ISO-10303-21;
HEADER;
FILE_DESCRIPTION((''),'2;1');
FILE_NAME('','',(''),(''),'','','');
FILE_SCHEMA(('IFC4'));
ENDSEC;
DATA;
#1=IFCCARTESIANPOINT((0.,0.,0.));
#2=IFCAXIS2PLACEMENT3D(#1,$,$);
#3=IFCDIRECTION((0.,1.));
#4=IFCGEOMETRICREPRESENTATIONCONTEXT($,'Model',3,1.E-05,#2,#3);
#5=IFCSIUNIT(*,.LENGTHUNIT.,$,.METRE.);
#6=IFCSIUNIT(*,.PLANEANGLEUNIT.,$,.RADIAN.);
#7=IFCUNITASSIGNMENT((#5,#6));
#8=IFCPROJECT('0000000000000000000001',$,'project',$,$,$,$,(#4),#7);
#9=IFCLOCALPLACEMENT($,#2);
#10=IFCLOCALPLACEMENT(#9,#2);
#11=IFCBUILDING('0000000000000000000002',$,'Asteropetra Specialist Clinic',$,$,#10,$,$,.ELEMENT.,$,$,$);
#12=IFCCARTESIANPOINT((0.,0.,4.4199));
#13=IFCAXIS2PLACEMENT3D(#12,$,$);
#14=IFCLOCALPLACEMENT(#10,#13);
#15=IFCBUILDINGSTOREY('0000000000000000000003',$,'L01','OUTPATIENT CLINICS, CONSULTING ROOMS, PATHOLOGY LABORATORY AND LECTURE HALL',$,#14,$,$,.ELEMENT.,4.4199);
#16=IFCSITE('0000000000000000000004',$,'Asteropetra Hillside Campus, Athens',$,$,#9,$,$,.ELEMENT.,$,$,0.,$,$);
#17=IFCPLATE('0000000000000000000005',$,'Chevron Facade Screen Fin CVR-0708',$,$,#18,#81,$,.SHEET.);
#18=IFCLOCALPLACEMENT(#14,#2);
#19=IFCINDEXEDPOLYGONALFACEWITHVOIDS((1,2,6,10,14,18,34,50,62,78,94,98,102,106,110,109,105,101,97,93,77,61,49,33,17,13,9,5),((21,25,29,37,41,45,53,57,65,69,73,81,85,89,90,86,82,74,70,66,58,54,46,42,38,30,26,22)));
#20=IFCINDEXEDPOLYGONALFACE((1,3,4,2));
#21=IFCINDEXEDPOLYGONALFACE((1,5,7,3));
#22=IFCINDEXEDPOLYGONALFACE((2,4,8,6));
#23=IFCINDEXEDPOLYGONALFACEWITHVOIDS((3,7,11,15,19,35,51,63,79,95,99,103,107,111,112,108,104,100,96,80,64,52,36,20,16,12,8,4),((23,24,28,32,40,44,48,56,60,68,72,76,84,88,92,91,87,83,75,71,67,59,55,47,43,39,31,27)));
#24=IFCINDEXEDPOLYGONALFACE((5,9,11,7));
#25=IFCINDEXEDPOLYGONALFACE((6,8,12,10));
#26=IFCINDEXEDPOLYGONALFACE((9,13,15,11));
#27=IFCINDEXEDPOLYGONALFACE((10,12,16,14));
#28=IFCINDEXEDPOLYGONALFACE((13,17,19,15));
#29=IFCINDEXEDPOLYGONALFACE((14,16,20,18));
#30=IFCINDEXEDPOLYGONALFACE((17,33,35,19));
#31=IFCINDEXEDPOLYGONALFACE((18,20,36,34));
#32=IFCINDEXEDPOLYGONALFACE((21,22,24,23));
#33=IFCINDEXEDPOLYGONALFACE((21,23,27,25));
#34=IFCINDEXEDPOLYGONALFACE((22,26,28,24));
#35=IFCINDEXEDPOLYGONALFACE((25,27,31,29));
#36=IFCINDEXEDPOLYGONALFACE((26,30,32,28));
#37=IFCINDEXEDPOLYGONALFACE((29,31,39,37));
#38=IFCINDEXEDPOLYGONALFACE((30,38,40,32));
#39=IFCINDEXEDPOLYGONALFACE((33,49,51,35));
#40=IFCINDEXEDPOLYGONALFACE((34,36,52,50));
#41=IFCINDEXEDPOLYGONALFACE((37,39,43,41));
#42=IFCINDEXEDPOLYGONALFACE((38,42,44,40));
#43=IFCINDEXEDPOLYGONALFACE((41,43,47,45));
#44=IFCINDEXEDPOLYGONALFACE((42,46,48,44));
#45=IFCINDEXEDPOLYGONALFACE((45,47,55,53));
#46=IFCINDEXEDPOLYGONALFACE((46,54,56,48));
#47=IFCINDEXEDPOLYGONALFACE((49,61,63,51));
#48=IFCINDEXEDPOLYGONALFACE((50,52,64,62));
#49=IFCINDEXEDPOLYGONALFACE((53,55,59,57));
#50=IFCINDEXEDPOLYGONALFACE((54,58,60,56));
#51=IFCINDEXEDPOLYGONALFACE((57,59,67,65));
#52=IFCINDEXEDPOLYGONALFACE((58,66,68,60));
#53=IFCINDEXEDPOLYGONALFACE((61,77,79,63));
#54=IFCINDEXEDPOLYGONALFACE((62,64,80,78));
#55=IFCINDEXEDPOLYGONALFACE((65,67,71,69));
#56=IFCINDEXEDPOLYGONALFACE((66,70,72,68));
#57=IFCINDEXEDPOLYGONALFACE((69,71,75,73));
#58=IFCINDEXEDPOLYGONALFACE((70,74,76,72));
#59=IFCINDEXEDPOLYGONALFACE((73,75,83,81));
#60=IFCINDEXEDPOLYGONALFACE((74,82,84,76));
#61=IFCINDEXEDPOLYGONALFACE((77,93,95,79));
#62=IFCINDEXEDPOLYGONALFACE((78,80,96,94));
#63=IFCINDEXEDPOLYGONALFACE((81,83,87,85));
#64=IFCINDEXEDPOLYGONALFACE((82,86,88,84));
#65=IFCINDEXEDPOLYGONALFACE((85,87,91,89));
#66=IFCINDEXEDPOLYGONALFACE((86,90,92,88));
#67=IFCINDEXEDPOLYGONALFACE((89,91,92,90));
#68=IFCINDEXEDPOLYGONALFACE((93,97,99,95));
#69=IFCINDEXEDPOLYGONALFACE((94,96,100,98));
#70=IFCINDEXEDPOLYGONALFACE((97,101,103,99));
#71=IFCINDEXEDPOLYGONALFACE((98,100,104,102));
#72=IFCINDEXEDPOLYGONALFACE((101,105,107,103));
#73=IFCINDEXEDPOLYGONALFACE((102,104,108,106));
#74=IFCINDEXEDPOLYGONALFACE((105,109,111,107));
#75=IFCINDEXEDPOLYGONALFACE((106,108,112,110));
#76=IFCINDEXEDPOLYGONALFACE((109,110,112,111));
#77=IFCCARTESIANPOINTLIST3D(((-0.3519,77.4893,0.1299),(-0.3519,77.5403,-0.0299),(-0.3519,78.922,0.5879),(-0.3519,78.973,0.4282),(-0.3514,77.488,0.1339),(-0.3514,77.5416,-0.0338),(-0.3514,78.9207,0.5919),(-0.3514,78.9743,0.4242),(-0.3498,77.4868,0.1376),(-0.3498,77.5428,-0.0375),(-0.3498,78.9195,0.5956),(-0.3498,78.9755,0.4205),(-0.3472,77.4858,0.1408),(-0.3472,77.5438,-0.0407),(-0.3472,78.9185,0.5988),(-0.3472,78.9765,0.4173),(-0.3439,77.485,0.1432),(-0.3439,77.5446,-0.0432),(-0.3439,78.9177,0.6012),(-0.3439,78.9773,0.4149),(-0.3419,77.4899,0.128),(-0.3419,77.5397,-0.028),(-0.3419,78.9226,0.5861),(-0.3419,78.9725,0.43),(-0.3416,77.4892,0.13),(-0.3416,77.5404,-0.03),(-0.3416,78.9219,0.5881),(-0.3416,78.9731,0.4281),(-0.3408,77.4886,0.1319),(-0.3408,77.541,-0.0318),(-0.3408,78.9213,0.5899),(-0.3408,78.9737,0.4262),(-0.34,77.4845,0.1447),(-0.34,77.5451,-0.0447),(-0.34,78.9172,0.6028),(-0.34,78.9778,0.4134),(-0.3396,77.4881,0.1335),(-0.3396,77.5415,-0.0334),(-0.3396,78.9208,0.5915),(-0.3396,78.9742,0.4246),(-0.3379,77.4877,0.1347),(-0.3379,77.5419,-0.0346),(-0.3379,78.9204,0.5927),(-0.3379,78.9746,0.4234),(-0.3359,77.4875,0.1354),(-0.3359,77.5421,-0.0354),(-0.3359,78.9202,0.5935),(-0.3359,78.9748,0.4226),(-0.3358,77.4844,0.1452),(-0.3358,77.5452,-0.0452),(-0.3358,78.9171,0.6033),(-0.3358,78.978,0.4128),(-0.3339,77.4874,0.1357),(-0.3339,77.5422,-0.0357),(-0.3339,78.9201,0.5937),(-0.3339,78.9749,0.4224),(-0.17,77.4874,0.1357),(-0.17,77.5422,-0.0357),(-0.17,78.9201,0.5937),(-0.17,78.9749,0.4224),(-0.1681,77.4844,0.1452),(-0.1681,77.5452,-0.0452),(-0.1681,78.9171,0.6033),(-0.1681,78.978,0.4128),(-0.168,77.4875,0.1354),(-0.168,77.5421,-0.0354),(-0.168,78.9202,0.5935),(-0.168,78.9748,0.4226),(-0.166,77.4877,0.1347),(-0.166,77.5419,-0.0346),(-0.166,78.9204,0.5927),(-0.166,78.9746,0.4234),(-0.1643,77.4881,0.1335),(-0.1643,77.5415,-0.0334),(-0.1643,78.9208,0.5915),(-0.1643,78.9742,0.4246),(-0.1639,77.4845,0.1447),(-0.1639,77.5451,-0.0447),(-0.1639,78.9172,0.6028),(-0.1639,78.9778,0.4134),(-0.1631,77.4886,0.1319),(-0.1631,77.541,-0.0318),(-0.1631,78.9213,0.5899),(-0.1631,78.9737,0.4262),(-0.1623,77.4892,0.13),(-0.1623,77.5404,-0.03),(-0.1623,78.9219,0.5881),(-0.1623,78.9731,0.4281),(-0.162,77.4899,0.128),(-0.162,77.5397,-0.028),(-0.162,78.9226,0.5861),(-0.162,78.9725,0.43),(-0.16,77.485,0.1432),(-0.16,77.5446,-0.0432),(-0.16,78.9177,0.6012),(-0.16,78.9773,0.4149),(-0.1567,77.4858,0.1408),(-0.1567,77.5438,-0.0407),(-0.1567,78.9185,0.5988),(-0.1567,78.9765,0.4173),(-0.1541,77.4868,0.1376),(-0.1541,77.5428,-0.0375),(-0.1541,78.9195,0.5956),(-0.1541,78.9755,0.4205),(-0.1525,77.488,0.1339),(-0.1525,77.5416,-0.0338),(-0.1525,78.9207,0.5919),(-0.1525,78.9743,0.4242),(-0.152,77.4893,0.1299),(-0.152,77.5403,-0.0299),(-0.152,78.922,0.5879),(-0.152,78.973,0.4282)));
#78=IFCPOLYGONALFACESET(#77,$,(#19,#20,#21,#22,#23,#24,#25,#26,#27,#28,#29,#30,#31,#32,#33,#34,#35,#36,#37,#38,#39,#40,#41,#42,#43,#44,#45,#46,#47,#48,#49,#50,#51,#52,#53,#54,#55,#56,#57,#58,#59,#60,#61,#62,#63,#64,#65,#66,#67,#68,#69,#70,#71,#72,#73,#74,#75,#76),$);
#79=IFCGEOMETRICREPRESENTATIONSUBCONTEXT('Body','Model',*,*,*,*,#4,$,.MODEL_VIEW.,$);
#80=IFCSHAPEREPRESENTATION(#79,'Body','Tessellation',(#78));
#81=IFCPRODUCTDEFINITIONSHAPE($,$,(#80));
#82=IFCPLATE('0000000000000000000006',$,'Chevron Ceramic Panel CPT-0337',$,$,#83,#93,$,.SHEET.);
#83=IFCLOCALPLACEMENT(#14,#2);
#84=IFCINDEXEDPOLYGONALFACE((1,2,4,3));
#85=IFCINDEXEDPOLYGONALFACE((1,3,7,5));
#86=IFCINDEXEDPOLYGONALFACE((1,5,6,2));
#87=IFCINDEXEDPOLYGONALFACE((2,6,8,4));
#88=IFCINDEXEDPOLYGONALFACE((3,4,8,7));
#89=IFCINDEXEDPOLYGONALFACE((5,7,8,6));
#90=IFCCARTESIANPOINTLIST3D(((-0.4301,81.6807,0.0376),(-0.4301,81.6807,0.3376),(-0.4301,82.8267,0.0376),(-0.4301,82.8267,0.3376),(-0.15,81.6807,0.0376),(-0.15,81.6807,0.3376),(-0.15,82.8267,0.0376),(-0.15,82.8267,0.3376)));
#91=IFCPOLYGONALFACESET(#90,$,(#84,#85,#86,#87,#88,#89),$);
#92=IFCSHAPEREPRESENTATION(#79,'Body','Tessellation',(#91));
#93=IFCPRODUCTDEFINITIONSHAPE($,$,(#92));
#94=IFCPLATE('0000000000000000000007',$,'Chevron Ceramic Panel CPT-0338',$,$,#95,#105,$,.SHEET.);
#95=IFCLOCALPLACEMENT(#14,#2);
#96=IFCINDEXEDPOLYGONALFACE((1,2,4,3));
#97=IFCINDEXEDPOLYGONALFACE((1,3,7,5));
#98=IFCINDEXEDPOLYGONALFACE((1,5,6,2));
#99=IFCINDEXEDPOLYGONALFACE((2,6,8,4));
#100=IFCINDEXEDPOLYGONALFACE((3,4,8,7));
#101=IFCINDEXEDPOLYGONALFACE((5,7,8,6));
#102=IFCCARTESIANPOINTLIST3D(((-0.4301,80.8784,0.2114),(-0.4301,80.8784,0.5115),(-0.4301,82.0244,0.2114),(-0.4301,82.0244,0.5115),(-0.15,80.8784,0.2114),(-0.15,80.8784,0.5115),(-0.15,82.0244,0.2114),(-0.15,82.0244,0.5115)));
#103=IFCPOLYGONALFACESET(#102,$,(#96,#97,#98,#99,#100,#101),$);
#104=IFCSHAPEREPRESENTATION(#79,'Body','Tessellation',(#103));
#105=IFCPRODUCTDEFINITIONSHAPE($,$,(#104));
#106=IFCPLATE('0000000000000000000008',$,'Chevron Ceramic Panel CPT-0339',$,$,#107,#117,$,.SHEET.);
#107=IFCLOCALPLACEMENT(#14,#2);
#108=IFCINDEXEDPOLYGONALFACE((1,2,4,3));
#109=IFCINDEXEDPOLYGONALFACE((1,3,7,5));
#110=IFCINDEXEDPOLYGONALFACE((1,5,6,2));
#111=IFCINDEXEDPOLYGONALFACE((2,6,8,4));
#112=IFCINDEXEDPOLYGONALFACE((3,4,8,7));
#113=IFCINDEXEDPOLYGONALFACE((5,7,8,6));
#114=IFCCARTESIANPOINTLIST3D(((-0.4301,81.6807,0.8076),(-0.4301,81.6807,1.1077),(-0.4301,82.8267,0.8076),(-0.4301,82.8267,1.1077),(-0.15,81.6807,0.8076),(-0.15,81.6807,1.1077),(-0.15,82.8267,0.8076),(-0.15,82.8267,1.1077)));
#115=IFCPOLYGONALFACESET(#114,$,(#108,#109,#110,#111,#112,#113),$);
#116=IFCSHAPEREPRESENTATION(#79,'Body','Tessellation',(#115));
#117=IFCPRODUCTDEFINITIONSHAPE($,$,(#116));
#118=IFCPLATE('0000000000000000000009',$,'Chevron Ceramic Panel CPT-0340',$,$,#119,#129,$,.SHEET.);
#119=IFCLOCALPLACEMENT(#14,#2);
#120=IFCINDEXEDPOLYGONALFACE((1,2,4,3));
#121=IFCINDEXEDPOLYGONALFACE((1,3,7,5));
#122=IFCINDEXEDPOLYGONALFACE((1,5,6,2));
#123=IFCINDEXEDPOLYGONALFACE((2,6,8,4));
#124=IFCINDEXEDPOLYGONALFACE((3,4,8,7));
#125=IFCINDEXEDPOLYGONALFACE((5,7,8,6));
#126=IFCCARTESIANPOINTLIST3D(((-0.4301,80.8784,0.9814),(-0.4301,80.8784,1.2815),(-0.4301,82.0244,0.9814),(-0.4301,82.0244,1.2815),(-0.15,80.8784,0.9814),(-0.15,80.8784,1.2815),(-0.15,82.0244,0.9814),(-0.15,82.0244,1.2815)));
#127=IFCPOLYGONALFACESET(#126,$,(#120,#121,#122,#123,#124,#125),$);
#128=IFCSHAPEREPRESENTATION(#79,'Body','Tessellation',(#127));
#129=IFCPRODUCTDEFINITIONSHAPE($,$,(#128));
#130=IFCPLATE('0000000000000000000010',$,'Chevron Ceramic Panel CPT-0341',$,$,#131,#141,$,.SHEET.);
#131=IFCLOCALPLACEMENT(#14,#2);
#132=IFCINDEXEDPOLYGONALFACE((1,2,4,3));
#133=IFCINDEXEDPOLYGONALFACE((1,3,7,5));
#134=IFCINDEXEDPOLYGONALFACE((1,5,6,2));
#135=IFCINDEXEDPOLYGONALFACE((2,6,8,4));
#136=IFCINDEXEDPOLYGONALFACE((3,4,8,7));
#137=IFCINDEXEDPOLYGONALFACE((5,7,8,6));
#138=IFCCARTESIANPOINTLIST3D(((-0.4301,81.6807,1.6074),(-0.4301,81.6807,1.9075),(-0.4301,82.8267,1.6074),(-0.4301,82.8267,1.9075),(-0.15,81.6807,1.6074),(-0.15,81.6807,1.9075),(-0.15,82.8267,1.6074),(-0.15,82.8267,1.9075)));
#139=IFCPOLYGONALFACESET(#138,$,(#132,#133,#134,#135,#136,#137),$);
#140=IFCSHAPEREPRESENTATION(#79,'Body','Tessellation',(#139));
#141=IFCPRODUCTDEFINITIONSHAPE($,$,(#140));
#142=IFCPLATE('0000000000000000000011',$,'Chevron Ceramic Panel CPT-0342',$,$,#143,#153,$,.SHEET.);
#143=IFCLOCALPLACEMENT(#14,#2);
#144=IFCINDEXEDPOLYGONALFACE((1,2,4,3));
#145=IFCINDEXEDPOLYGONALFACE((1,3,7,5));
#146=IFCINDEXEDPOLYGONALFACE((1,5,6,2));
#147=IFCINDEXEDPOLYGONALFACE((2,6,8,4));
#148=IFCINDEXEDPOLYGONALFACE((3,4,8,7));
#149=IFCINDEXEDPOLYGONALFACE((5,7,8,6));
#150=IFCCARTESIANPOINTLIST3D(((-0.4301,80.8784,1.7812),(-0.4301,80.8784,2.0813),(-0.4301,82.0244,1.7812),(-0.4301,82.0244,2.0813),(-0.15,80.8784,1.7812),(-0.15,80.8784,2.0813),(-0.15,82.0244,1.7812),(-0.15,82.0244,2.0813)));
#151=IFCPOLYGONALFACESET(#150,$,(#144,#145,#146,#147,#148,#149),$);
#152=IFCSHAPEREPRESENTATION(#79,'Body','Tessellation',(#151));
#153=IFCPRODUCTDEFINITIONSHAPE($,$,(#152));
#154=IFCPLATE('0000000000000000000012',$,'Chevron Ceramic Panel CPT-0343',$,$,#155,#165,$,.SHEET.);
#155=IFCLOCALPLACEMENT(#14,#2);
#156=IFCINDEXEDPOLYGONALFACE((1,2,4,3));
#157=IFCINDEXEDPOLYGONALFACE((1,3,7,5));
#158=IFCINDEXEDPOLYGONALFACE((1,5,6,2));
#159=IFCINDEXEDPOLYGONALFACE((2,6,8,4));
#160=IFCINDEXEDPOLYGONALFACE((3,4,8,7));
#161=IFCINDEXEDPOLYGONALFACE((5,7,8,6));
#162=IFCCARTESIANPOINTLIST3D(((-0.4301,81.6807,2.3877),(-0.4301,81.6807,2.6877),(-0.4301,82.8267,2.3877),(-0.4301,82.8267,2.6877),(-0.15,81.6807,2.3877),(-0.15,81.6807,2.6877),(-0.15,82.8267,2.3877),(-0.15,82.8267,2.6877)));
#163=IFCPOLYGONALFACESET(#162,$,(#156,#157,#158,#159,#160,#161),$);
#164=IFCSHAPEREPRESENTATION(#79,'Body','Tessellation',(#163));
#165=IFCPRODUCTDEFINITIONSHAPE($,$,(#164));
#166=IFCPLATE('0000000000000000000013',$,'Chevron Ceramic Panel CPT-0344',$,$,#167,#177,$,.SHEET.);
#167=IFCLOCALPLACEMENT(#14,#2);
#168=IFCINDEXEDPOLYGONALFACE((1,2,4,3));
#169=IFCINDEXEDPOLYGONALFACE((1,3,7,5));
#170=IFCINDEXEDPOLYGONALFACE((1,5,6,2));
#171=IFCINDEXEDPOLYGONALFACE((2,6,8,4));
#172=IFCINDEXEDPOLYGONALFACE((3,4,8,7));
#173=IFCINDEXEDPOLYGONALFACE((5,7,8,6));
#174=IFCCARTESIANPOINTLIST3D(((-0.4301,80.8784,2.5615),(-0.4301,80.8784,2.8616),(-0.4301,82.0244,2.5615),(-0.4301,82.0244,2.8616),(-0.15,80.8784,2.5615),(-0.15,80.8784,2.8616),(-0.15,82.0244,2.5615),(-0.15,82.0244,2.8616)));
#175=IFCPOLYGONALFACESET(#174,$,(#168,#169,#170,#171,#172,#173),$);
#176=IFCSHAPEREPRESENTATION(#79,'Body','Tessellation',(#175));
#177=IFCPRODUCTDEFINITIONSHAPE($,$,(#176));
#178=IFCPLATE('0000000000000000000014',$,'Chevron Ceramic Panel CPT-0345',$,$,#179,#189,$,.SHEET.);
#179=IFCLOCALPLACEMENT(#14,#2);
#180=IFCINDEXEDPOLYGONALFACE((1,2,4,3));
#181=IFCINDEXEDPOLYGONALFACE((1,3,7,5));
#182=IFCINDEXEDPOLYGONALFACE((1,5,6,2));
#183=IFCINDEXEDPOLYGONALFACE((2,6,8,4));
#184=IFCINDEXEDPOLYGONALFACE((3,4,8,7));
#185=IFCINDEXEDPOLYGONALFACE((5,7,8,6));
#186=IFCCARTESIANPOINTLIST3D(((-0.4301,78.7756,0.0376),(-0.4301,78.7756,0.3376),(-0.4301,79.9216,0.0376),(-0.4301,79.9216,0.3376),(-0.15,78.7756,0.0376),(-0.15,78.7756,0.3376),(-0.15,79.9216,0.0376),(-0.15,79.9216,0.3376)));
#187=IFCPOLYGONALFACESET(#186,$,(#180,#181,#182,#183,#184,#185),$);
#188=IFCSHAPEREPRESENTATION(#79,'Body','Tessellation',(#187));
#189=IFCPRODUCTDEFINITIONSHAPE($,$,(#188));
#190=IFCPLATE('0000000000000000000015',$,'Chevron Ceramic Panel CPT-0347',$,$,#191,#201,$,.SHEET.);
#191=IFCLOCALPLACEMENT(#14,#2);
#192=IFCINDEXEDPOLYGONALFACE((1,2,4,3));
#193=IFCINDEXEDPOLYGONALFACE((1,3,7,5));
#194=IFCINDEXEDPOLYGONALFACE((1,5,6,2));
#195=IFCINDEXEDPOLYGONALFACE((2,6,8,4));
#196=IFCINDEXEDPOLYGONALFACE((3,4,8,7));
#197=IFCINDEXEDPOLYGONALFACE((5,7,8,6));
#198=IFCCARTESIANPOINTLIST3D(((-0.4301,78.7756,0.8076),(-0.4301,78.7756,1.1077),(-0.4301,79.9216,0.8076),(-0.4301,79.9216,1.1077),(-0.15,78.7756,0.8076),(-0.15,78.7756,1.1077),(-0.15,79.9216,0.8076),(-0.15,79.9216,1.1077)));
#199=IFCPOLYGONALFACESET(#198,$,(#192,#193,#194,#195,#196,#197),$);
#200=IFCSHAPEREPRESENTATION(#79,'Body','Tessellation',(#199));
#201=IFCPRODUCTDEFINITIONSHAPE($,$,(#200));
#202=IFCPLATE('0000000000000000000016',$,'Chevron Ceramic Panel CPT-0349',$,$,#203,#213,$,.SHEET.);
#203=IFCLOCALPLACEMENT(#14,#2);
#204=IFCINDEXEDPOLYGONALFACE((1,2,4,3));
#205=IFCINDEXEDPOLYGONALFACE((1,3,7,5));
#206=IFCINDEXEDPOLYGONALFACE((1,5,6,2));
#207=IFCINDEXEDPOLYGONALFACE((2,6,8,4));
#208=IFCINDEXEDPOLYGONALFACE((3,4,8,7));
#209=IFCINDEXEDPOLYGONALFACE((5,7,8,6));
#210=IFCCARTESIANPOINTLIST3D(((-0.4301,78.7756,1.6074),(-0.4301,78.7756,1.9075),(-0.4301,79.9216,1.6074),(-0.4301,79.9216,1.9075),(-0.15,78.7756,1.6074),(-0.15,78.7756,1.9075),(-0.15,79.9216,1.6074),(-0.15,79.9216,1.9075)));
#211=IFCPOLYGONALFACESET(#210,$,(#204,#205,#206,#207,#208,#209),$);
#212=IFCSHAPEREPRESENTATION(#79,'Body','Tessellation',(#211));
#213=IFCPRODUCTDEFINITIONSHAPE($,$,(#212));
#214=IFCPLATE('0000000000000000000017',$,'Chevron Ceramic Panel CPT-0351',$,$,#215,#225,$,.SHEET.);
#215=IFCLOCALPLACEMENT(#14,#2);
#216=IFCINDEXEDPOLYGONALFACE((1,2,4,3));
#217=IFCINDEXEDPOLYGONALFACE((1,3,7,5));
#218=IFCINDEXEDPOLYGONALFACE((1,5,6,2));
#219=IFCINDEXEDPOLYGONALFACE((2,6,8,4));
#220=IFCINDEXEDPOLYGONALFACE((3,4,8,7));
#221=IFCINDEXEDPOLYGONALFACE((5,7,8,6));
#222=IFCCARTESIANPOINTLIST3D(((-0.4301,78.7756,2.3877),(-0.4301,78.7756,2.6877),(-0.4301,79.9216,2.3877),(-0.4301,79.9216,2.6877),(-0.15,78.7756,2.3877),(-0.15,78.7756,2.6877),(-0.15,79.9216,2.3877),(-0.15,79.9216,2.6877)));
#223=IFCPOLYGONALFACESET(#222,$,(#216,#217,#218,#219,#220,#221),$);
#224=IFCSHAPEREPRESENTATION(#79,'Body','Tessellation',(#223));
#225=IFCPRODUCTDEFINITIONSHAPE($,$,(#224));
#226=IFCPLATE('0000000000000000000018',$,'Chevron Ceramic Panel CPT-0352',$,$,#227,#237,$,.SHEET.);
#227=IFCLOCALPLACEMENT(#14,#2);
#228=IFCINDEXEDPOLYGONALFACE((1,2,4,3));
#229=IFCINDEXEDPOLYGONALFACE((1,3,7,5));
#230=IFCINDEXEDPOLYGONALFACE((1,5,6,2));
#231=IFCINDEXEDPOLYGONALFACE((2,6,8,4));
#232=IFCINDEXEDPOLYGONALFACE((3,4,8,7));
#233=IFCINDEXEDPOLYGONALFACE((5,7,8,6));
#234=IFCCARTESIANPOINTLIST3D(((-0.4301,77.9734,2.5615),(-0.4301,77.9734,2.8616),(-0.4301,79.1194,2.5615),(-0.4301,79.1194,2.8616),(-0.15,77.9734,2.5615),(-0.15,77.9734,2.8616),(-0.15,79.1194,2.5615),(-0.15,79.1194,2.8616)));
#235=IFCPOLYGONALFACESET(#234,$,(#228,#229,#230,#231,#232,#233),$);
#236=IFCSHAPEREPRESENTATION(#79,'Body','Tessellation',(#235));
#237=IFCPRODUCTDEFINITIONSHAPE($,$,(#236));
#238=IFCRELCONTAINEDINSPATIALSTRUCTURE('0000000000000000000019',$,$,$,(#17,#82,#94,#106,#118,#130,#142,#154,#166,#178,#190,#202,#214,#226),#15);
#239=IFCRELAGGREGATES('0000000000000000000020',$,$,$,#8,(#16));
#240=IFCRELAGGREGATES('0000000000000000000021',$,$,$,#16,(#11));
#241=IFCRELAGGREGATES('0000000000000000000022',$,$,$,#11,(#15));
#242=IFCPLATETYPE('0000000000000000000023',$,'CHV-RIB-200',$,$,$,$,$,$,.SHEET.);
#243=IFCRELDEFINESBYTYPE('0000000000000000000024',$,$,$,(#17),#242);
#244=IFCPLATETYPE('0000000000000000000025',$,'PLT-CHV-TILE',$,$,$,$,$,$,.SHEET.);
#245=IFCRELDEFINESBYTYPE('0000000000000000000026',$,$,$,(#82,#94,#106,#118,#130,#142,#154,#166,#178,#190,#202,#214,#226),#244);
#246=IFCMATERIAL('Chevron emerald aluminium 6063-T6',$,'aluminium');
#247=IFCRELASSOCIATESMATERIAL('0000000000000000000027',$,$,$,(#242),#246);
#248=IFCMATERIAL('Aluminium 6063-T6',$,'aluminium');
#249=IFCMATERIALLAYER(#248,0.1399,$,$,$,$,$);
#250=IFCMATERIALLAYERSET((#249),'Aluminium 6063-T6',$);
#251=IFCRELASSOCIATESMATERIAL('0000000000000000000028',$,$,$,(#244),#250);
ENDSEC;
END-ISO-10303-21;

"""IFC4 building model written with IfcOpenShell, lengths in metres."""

from ifc_helpers import new_model, si_unit, direction, frame, origin, origin_2d, place, context, subcontext, project, spatial, rectangle, hollow_rectangle, extrude, material, layer, layer_set, material_profile, profile_set, type_object, element, save


model = new_model("IFC4")

# Units and contexts
model_context = context("Model", 3, precision=1e-05, world=origin(), true_north=direction((0.0, 1.0)))
body_context = subcontext(model_context, "Body", "Model", "MODEL_VIEW")
ifc_project = project(units=[si_unit("LENGTHUNIT", "METRE"), si_unit("PLANEANGLEUNIT", "RADIAN")], contexts=[model_context])

# Site, building, storey
site_placement = place(None, origin())
site = spatial("IfcSite", under=ifc_project, at=site_placement, Name="Asteropetra Hillside Campus, Athens", CompositionType="ELEMENT", RefElevation=0.0)
building_placement = place(site_placement, origin())
building = spatial("IfcBuilding", under=site, at=building_placement, Name="Asteropetra Specialist Clinic", CompositionType="ELEMENT")
storey_placement = place(building_placement, frame((0.0, 0.0, 4.4199)))
storey = spatial("IfcBuildingStorey", under=building, at=storey_placement, Name="L01", Description="OUTPATIENT CLINICS, CONSULTING ROOMS, PATHOLOGY LABORATORY AND LECTURE HALL", CompositionType="ELEMENT", Elevation=4.4199)

# Plates
ifc_material_1 = material(Name="Chevron emerald aluminium 6063-T6", Category="aluminium")
ifc_material_profile = material_profile(ifc_material_1, hollow_rectangle(XDim=0.2, YDim=0.2, WallThickness=0.01, InnerFilletRadius=0.0081, OuterFilletRadius=0.0161, at=origin_2d()), Name="SHS 200x200x10.0")
ifc_profile_set = profile_set([ifc_material_profile], Name="Chevron emerald aluminium 6063-T6")
plate_type_1 = type_object("IfcPlateType", Name="CHV-RIB-200", PredefinedType="SHEET", material=ifc_profile_set)
plate_placement = place(storey_placement, frame((-0.252, 78.9475, 0.5081), z_axis=(0.0, -0.952507, -0.304517), x_axis=(1.0, 0.0, 0.0)))
element("IfcPlate", 1, at=plate_placement, inside=storey, type_object=plate_type_1, Name="Chevron Facade Screen Fin CVR-0708", PredefinedType="SHEET", context=body_context, shape_type="SweptSolid", body=[
    extrude(hollow_rectangle(XDim=0.2, YDim=0.2, WallThickness=0.01, InnerFilletRadius=0.0081, OuterFilletRadius=0.0161, at=origin_2d()), origin(), (0.0, 0.0, 1.0), 1.5042),
])
ifc_material_2 = material(Name="Aluminium 6063-T6", Category="aluminium")
ifc_layer_1 = layer(ifc_material_2, 0.1399)
ifc_layer_set_1 = layer_set([ifc_layer_1], Name="Aluminium 6063-T6")
plate_type_2 = type_object("IfcPlateType", Name="PLT-CHV-TILE", PredefinedType="SHEET", material=ifc_layer_set_1)
for number, where, z_axis, x_axis, name in (
    (2, (-0.29, 82.2537, 0.0376), (0.0, 0.0, 1.0), (1.0, 0.0, 0.0), "Chevron Ceramic Panel CPT-0337"),
    (3, (-0.29, 81.4514, 0.2114), (0.0, 0.0, 1.0), (1.0, 0.0, 0.0), "Chevron Ceramic Panel CPT-0338"),
    (4, (-0.29, 82.2537, 0.8076), (0.0, 0.0, 1.0), (1.0, 0.0, 0.0), "Chevron Ceramic Panel CPT-0339"),
    (5, (-0.29, 81.4514, 0.9814), (0.0, 0.0, 1.0), (1.0, 0.0, 0.0), "Chevron Ceramic Panel CPT-0340"),
    (6, (-0.29, 82.2537, 1.6074), (0.0, 0.0, 1.0), (1.0, 0.0, 0.0), "Chevron Ceramic Panel CPT-0341"),
    (7, (-0.29, 81.4514, 1.7812), (0.0, 0.0, 1.0), (1.0, 0.0, 0.0), "Chevron Ceramic Panel CPT-0342"),
    (8, (-0.29, 82.2537, 2.3877), (0.0, 0.0, 1.0), (1.0, 0.0, 0.0), "Chevron Ceramic Panel CPT-0343"),
    (9, (-0.29, 81.4514, 2.5615), (0.0, 0.0, 1.0), (1.0, 0.0, 0.0), "Chevron Ceramic Panel CPT-0344"),
    (10, (-0.29, 79.3486, 0.0376), (0.0, 0.0, 1.0), (1.0, 0.0, 0.0), "Chevron Ceramic Panel CPT-0345"),
    (11, (-0.29, 79.3486, 0.8076), (0.0, 0.0, 1.0), (1.0, 0.0, 0.0), "Chevron Ceramic Panel CPT-0347"),
    (12, (-0.29, 79.3486, 1.6074), (0.0, 0.0, 1.0), (1.0, 0.0, 0.0), "Chevron Ceramic Panel CPT-0349"),
    (13, (-0.29, 79.3486, 2.3877), (0.0, 0.0, 1.0), (1.0, 0.0, 0.0), "Chevron Ceramic Panel CPT-0351"),
    (14, (-0.29, 78.5464, 2.5615), (0.0, 0.0, 1.0), (1.0, 0.0, 0.0), "Chevron Ceramic Panel CPT-0352"),
):
    element("IfcPlate", number, at=place(storey_placement, frame(where, z_axis=z_axis, x_axis=x_axis)), inside=storey, type_object=plate_type_2, Name=name, PredefinedType="SHEET", context=body_context, shape_type="SweptSolid", body=[
        extrude(rectangle(XDim=0.28, YDim=1.146, at=origin_2d()), origin(), (0.0, 0.0, 1.0), 0.3),
    ])

save(model, "model.ifc")
